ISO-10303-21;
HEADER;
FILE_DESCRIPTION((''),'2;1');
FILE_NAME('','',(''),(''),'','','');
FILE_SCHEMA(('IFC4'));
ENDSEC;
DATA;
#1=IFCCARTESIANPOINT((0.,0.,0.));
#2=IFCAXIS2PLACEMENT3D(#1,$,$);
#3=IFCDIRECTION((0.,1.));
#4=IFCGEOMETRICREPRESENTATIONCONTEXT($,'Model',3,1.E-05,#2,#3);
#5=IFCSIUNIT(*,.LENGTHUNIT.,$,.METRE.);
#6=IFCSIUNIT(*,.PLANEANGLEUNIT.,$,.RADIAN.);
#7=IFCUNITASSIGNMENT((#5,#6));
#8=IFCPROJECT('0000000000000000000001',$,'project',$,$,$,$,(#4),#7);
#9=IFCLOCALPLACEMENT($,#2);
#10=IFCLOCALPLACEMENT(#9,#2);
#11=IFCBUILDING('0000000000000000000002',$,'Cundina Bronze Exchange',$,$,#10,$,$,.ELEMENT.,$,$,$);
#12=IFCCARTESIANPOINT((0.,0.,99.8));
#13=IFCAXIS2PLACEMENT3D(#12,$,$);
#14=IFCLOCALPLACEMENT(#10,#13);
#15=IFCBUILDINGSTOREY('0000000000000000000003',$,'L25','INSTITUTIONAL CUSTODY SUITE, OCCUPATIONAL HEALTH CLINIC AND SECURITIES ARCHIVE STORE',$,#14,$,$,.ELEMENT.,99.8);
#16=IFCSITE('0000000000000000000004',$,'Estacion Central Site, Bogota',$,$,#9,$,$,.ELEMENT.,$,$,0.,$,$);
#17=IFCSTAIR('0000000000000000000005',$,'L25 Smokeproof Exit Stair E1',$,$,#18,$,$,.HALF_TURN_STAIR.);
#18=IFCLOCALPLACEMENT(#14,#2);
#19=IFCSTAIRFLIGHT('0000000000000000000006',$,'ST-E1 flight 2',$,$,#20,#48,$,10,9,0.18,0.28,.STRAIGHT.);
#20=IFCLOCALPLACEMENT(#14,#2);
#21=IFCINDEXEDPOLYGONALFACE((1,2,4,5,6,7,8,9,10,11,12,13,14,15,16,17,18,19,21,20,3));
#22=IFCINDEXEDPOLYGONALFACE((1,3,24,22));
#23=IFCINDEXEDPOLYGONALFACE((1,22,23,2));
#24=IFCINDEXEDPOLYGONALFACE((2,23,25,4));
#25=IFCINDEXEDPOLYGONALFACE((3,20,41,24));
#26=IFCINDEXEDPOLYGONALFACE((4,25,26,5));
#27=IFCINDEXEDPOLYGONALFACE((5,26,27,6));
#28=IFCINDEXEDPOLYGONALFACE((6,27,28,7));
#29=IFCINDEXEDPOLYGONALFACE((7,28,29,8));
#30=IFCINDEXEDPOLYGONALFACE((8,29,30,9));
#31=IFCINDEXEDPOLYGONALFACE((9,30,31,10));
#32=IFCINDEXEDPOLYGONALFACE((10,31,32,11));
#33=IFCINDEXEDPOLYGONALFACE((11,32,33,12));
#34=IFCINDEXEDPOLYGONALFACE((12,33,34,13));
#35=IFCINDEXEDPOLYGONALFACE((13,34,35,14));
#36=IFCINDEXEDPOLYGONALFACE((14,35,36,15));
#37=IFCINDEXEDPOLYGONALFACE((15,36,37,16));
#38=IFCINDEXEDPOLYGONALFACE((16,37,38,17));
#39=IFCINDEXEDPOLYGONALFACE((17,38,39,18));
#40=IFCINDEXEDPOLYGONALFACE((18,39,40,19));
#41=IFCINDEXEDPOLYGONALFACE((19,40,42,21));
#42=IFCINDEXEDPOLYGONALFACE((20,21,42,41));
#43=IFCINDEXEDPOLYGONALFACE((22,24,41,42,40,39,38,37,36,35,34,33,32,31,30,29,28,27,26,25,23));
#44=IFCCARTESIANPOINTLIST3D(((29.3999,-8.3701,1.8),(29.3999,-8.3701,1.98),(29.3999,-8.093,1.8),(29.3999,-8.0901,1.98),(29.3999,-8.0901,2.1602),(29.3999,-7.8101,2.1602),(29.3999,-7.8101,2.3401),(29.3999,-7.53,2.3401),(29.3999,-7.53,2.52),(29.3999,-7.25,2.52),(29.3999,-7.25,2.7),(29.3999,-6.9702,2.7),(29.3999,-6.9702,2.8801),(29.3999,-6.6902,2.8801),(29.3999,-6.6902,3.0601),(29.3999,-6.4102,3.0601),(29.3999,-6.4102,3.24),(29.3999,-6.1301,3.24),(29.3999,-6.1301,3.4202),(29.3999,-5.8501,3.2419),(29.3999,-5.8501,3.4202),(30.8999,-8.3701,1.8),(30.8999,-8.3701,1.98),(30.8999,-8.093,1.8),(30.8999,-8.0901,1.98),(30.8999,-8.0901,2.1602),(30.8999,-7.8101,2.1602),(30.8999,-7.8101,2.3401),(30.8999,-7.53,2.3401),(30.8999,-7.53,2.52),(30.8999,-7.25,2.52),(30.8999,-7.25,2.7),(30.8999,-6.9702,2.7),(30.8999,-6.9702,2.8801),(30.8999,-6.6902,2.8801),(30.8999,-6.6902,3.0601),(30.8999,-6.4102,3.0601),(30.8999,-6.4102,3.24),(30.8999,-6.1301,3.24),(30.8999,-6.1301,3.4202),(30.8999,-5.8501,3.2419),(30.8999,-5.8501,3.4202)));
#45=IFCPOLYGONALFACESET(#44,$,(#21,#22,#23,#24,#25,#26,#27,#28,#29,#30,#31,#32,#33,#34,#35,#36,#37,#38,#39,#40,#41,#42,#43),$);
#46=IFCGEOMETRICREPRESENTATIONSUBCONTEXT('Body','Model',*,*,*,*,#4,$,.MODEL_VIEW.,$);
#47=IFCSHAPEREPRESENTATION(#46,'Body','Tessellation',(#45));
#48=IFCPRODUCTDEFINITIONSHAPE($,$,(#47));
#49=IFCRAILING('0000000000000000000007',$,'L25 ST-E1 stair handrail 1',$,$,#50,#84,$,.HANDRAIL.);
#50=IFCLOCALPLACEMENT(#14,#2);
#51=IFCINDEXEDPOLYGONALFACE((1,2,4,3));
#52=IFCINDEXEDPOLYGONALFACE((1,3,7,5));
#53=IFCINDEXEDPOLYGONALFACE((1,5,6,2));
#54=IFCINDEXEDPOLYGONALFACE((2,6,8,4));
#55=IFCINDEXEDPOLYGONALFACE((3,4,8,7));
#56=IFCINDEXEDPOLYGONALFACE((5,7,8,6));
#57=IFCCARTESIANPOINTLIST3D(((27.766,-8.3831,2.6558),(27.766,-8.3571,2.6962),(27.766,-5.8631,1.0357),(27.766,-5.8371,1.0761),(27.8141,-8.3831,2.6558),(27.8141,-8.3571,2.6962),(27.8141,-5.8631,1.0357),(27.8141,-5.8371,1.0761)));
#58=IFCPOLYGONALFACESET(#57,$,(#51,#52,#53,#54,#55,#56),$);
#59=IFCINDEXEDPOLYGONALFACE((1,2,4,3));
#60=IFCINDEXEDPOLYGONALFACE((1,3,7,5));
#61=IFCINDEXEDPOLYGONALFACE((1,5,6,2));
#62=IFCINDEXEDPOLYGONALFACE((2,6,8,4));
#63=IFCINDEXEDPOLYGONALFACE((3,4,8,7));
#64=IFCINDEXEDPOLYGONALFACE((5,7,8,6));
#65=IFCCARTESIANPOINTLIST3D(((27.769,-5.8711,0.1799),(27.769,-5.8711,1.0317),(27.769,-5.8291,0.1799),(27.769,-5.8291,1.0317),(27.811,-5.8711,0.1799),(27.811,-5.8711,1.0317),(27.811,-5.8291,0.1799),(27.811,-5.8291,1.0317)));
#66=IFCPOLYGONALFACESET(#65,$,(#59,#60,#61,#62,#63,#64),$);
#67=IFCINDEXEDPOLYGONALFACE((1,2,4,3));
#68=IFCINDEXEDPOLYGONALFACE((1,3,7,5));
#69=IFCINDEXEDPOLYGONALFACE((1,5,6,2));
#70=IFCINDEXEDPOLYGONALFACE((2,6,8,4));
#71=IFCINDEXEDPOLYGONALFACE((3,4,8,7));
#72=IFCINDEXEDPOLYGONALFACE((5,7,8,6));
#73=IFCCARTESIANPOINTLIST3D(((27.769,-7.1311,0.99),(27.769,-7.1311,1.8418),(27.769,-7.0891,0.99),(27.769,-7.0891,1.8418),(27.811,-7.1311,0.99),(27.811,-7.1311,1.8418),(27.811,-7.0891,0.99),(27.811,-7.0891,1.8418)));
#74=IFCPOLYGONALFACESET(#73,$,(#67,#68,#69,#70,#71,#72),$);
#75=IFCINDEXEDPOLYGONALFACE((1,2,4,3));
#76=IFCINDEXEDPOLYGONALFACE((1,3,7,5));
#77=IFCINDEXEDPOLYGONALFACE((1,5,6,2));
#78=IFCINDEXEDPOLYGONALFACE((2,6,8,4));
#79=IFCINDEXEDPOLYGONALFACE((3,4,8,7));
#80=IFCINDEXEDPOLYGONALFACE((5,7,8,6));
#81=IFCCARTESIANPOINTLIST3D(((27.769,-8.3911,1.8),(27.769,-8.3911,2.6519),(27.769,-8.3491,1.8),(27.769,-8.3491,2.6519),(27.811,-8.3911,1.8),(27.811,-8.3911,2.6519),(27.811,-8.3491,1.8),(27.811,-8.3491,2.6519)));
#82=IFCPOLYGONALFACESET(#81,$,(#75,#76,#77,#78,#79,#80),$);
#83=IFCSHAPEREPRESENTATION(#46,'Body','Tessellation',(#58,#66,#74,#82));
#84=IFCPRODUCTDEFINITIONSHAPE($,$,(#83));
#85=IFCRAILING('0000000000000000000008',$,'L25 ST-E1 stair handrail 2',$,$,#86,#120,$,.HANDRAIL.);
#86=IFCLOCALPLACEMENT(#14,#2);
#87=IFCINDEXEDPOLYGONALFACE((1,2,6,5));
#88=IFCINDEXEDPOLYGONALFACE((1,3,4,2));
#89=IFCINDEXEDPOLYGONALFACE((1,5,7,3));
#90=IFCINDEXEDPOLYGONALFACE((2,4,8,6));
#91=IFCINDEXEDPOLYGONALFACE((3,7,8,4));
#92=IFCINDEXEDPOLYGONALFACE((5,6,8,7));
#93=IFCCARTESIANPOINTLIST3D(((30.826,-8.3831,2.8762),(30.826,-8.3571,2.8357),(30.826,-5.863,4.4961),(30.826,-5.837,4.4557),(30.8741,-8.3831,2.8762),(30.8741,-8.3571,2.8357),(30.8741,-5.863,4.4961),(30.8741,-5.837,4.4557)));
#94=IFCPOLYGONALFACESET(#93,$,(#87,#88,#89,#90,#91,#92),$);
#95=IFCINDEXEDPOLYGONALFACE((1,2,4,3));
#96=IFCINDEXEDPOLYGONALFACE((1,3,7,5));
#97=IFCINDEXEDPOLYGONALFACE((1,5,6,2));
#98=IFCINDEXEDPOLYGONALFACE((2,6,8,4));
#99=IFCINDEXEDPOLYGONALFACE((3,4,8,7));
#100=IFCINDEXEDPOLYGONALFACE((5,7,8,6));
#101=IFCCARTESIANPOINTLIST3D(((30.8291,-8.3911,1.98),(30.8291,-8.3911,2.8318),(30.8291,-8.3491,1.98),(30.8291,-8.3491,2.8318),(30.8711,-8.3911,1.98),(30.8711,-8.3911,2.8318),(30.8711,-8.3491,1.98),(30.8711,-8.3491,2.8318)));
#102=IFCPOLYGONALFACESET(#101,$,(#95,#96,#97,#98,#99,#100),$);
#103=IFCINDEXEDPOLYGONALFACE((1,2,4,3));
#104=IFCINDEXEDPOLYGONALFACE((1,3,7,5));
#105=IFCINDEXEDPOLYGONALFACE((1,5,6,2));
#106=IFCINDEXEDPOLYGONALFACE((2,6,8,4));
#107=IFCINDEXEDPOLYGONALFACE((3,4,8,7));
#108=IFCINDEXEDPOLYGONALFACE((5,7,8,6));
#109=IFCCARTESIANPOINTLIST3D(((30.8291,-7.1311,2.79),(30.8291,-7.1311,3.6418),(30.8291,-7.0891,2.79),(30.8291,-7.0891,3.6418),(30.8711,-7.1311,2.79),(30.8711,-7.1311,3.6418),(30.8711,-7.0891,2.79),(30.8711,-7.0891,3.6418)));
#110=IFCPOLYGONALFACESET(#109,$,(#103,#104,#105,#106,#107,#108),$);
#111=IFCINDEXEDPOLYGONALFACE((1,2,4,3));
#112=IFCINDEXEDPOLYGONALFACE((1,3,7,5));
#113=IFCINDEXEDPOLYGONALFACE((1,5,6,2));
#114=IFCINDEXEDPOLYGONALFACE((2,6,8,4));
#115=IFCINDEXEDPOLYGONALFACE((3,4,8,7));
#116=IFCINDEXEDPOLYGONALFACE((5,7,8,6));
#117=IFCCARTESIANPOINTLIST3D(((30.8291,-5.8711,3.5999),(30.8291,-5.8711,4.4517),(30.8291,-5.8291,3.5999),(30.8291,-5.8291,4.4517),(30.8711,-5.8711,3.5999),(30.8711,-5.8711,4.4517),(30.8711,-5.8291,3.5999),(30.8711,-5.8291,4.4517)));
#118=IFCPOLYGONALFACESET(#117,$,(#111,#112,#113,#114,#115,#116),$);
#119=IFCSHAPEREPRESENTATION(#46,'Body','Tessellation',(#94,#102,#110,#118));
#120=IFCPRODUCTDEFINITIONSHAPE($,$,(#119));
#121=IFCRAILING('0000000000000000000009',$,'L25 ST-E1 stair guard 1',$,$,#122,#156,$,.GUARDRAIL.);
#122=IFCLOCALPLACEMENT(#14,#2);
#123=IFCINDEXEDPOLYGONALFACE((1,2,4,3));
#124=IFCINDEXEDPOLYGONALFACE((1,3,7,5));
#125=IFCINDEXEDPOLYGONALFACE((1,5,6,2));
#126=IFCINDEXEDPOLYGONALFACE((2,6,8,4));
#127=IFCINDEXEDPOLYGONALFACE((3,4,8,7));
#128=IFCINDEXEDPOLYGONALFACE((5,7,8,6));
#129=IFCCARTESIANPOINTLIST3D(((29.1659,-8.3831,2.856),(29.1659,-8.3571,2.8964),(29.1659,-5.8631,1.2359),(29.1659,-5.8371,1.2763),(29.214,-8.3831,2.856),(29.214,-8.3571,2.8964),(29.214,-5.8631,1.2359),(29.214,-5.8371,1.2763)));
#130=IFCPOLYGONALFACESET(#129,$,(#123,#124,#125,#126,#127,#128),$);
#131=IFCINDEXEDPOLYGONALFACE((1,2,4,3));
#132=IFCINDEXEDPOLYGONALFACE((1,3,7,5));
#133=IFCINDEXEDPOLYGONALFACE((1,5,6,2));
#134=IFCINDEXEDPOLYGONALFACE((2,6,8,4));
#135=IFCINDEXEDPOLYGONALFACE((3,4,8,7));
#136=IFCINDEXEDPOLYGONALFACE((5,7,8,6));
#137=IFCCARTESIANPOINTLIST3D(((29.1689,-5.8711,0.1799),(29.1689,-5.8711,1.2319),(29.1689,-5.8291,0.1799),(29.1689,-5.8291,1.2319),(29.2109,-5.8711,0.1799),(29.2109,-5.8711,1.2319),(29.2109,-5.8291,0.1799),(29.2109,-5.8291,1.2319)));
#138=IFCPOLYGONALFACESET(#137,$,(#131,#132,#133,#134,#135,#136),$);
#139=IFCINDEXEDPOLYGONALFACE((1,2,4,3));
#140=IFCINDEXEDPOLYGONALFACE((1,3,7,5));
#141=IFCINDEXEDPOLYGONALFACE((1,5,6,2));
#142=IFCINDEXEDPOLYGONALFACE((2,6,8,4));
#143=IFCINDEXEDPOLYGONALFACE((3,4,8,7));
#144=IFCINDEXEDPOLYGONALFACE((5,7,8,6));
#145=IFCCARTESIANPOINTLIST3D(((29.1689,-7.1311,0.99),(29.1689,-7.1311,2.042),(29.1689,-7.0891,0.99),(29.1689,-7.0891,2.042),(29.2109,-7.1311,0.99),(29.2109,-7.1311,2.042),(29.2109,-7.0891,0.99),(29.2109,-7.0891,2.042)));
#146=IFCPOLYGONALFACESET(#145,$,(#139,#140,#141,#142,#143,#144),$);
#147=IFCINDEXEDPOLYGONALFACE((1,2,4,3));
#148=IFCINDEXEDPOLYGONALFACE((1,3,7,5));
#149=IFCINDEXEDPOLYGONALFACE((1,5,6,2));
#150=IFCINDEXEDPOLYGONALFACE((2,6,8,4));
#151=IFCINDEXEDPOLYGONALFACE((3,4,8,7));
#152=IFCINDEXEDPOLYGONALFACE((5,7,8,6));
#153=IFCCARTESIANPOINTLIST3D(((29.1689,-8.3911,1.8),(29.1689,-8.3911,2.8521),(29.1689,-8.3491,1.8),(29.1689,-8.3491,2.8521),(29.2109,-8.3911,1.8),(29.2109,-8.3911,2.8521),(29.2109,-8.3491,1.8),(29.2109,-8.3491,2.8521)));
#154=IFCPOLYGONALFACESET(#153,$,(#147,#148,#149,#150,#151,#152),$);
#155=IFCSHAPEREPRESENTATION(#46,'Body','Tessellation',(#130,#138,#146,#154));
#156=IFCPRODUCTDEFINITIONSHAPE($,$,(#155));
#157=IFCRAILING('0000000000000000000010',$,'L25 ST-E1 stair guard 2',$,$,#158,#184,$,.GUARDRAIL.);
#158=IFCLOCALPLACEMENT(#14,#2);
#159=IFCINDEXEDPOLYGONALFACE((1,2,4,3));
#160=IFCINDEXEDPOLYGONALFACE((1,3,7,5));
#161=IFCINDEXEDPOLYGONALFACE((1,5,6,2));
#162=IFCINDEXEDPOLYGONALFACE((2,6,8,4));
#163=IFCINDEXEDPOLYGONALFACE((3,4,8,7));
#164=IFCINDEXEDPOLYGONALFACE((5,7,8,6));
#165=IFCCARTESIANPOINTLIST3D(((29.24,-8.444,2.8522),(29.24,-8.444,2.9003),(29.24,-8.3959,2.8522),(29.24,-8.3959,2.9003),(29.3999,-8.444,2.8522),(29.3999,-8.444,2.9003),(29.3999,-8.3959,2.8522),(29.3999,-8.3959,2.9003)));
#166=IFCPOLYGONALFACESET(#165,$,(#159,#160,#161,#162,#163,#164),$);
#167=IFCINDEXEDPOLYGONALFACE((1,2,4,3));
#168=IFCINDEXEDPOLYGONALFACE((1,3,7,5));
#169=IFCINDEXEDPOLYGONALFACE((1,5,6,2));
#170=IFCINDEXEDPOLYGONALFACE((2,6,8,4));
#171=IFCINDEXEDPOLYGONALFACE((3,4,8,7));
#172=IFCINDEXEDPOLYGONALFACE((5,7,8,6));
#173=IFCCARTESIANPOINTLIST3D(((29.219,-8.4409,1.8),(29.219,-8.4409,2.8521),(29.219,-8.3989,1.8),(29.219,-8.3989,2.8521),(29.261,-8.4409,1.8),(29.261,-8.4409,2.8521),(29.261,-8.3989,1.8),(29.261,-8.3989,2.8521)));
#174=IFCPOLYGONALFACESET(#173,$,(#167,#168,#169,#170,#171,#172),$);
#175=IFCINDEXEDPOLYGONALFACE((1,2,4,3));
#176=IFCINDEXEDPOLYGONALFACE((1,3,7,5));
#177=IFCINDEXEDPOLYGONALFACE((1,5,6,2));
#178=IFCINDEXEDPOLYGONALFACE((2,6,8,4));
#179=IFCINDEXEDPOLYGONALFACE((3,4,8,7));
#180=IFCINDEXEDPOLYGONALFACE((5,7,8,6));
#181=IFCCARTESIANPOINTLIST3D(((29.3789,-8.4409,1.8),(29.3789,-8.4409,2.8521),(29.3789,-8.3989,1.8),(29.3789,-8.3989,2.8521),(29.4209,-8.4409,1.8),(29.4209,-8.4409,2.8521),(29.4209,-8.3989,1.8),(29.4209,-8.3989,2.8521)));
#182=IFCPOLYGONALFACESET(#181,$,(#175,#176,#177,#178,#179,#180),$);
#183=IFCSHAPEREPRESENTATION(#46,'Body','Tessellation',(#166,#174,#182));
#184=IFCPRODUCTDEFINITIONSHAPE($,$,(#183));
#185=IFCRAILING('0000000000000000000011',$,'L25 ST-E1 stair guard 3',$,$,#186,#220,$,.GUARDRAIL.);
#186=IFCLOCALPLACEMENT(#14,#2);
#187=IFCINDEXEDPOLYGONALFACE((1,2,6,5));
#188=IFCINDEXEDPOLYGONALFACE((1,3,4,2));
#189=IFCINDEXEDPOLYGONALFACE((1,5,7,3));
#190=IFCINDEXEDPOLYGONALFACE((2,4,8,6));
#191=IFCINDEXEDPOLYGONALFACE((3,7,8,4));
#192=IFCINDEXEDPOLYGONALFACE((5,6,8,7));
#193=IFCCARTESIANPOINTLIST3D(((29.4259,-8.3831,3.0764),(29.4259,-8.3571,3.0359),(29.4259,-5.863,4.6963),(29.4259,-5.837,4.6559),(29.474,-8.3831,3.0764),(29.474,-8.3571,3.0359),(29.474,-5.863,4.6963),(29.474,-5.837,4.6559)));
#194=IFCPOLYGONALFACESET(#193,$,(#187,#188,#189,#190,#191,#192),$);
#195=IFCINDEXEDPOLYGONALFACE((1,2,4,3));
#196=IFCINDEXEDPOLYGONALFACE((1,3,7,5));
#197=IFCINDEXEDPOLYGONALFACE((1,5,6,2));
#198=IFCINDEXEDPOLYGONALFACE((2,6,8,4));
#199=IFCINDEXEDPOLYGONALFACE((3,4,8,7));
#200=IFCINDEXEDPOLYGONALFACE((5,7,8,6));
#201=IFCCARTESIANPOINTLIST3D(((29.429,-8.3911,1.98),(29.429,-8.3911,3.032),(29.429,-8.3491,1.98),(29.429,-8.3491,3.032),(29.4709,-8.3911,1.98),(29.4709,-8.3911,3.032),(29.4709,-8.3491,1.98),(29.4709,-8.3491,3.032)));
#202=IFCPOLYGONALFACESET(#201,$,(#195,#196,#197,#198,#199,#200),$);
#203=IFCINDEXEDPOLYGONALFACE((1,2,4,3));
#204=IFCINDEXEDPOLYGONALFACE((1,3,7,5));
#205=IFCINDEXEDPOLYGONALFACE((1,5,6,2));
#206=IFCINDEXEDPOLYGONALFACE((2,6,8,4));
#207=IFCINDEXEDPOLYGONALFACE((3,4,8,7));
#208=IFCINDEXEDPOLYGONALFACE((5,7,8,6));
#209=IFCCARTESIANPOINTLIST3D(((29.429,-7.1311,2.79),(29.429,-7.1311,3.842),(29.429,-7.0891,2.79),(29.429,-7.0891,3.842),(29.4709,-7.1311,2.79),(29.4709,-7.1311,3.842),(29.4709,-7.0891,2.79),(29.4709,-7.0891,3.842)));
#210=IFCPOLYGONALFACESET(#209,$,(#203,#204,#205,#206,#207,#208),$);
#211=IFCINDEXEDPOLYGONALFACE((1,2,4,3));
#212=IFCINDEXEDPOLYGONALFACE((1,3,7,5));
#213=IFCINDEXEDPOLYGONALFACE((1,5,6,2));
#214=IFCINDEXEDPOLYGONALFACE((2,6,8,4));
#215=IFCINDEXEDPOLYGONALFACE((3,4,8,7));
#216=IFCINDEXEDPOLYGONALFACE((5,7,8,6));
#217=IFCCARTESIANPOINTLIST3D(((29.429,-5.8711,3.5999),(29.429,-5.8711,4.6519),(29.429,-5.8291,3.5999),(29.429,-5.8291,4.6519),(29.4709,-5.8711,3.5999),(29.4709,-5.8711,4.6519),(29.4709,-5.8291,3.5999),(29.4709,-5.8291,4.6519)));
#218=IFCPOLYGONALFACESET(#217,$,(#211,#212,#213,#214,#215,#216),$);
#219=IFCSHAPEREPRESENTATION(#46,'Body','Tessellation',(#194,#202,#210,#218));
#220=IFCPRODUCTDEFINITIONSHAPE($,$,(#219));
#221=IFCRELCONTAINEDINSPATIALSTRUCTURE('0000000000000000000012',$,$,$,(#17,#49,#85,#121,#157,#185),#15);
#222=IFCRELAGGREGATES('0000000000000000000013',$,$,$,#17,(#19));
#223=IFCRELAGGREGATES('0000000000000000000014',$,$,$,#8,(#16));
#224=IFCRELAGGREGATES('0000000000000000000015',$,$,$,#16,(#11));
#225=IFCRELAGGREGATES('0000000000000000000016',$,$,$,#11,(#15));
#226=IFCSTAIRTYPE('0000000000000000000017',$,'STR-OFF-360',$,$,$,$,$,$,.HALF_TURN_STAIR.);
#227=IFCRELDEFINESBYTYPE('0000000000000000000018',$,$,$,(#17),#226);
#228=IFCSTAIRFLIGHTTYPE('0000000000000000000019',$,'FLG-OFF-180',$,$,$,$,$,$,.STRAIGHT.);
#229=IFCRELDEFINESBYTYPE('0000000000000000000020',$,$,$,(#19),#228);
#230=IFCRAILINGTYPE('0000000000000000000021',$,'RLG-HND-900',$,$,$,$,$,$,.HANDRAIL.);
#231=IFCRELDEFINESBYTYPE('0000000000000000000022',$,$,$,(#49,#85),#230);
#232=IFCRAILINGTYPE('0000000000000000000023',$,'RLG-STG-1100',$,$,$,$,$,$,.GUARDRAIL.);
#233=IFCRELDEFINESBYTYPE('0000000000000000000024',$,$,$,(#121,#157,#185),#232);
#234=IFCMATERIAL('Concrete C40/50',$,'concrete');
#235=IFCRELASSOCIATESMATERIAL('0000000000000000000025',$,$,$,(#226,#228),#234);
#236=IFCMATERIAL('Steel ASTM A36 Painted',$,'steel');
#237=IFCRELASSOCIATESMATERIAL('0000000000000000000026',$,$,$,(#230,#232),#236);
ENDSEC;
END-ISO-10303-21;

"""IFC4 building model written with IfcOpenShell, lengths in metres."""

from ifc_helpers import new_model, si_unit, direction, frame, origin, origin_2d, place, context, subcontext, project, spatial, polyline, rectangle, outline, extrude, material, type_object, element, aggregate, save


model = new_model("IFC4")

# Units and contexts
model_context = context("Model", 3, precision=1e-05, world=origin(), true_north=direction((0.0, 1.0)))
body_context = subcontext(model_context, "Body", "Model", "MODEL_VIEW")
ifc_project = project(units=[si_unit("LENGTHUNIT", "METRE"), si_unit("PLANEANGLEUNIT", "RADIAN")], contexts=[model_context])

# Site, building, storey
site_placement = place(None, origin())
site = spatial("IfcSite", under=ifc_project, at=site_placement, Name="Estacion Central Site, Bogota", CompositionType="ELEMENT", RefElevation=0.0)
building_placement = place(site_placement, origin())
building = spatial("IfcBuilding", under=site, at=building_placement, Name="Cundina Bronze Exchange", CompositionType="ELEMENT")
storey_placement = place(building_placement, frame((0.0, 0.0, 99.8)))
storey = spatial("IfcBuildingStorey", under=building, at=storey_placement, Name="L25", Description="INSTITUTIONAL CUSTODY SUITE, OCCUPATIONAL HEALTH CLINIC AND SECURITIES ARCHIVE STORE", CompositionType="ELEMENT", Elevation=99.8)

# Stair, stair flight
ifc_material_1 = material(Name="Concrete C40/50", Category="concrete")
stair_type = type_object("IfcStairType", Name="STR-OFF-360", PredefinedType="HALF_TURN_STAIR", material=ifc_material_1)
stair_placement = place(storey_placement, origin())
stair = element("IfcStair", 1, at=stair_placement, inside=storey, type_object=stair_type, Name="L25 Smokeproof Exit Stair E1", PredefinedType="HALF_TURN_STAIR")
stair_flight_type = type_object("IfcStairFlightType", Name="FLG-OFF-180", PredefinedType="STRAIGHT", material=ifc_material_1)
stair_flight_1_placement = place(storey_placement, frame((30.1499, -8.3701, 1.8), z_axis=(0.0, 0.0, 1.0), x_axis=(0.0, 1.0, 0.0)))
stair_flight_1 = element("IfcStairFlight", 2, at=stair_flight_1_placement, type_object=stair_flight_type, Name="ST-E1 flight 2", NumberOfRisers=10, NumberOfTreads=9, PredefinedType="STRAIGHT", RiserHeight=0.18, TreadLength=0.28, context=body_context, shape_type="SweptSolid", body=[
    extrude(outline(polyline([(0.0, 0.0), (0.0, 0.1799), (0.28, 0.1799), (0.28, 0.3601), (0.5601, 0.3601), (0.5601, 0.54), (0.8401, 0.54), (0.8401, 0.72), (1.1201, 0.72), (1.1201, 0.8999), (1.3999, 0.8999), (1.3999, 1.0801), (1.6799, 1.0801), (1.6799, 1.26), (1.96, 1.26), (1.96, 1.4399), (2.24, 1.4399), (2.24, 1.6201), (2.52, 1.6201), (2.52, 1.8), (2.52, 1.4419), (0.2771, 0.0), (0.0, 0.0)])), frame((0.0, 0.75, 0.0), z_axis=(0.0, -1.0, 0.0), x_axis=(1.0, 0.0, 0.0)), (0.0, 0.0, 1.0), 1.5),
])
aggregate(stair, [stair_flight_1])

# Railings
ifc_material_2 = material(Name="Steel ASTM A36 Painted", Category="steel")
railing_type_1 = type_object("IfcRailingType", Name="RLG-HND-900", PredefinedType="HANDRAIL", material=ifc_material_2)
railing_1_placement = place(storey_placement, frame((27.79, -5.8501, 0.1799)))
element("IfcRailing", 3, at=railing_1_placement, inside=storey, type_object=railing_type_1, Name="L25 ST-E1 stair handrail 1", PredefinedType="HANDRAIL", context=body_context, shape_type="SweptSolid", body=[
    extrude(rectangle(XDim=0.0481, YDim=0.0481, at=origin_2d()), frame((0.0, 0.0, 0.876), z_axis=(0.0, -0.841163, 0.540782), x_axis=(1.0, 0.0, 0.0)), (0.0, 0.0, 1.0), 2.9958),
    extrude(rectangle(XDim=0.042, YDim=0.042, at=origin_2d()), origin(), (0.0, 0.0, 1.0), 0.8518),
    extrude(rectangle(XDim=0.042, YDim=0.042, at=origin_2d()), frame((0.0, -1.26, 0.8101)), (0.0, 0.0, 1.0), 0.8518),
    extrude(rectangle(XDim=0.042, YDim=0.042, at=origin_2d()), frame((0.0, -2.52, 1.6201)), (0.0, 0.0, 1.0), 0.8518),
])
railing_2_placement = place(storey_placement, frame((30.8501, -8.3701, 1.98)))
element("IfcRailing", 4, at=railing_2_placement, inside=storey, type_object=railing_type_1, Name="L25 ST-E1 stair handrail 2", PredefinedType="HANDRAIL", context=body_context, shape_type="SweptSolid", body=[
    extrude(rectangle(XDim=0.0481, YDim=0.0481, at=origin_2d()), frame((0.0, 0.0, 0.876), z_axis=(0.0, 0.8412, 0.540725), x_axis=(-1.0, 0.0, 0.0)), (0.0, 0.0, 1.0), 2.9958),
    extrude(rectangle(XDim=0.042, YDim=0.042, at=origin_2d()), origin(), (0.0, 0.0, 1.0), 0.8518),
    extrude(rectangle(XDim=0.042, YDim=0.042, at=origin_2d()), frame((0.0, 1.26, 0.8101)), (0.0, 0.0, 1.0), 0.8518),
    extrude(rectangle(XDim=0.042, YDim=0.042, at=origin_2d()), frame((0.0, 2.52, 1.6199)), (0.0, 0.0, 1.0), 0.8518),
])
railing_type_2 = type_object("IfcRailingType", Name="RLG-STG-1100", PredefinedType="GUARDRAIL", material=ifc_material_2)
railing_3_placement = place(storey_placement, frame((29.1899, -5.8501, 0.1799)))
element("IfcRailing", 5, at=railing_3_placement, inside=storey, type_object=railing_type_2, Name="L25 ST-E1 stair guard 1", PredefinedType="GUARDRAIL", context=body_context, shape_type="SweptSolid", body=[
    extrude(rectangle(XDim=0.0481, YDim=0.0481, at=origin_2d()), frame((0.0, 0.0, 1.0762), z_axis=(0.0, -0.841163, 0.540782), x_axis=(1.0, 0.0, 0.0)), (0.0, 0.0, 1.0), 2.9958),
    extrude(rectangle(XDim=0.042, YDim=0.042, at=origin_2d()), origin(), (0.0, 0.0, 1.0), 1.052),
    extrude(rectangle(XDim=0.042, YDim=0.042, at=origin_2d()), frame((0.0, -1.26, 0.8101)), (0.0, 0.0, 1.0), 1.052),
    extrude(rectangle(XDim=0.042, YDim=0.042, at=origin_2d()), frame((0.0, -2.52, 1.6201)), (0.0, 0.0, 1.0), 1.052),
])
railing_4_placement = place(storey_placement, frame((29.24, -8.4199, 1.8)))
element("IfcRailing", 6, at=railing_4_placement, inside=storey, type_object=railing_type_2, Name="L25 ST-E1 stair guard 2", PredefinedType="GUARDRAIL", context=body_context, shape_type="SweptSolid", body=[
    extrude(rectangle(XDim=0.0481, YDim=0.0481, at=origin_2d()), frame((0.0, 0.0, 1.0762), z_axis=(1.0, 0.0, 0.0), x_axis=(0.0, 1.0, 0.0)), (0.0, 0.0, 1.0), 0.1599),
    extrude(rectangle(XDim=0.042, YDim=0.042, at=origin_2d()), origin(), (0.0, 0.0, 1.0), 1.052),
    extrude(rectangle(XDim=0.042, YDim=0.042, at=origin_2d()), frame((0.1599, 0.0, 0.0)), (0.0, 0.0, 1.0), 1.052),
])
railing_5_placement = place(storey_placement, frame((29.45, -8.3701, 1.98)))
element("IfcRailing", 7, at=railing_5_placement, inside=storey, type_object=railing_type_2, Name="L25 ST-E1 stair guard 3", PredefinedType="GUARDRAIL", context=body_context, shape_type="SweptSolid", body=[
    extrude(rectangle(XDim=0.0481, YDim=0.0481, at=origin_2d()), frame((0.0, 0.0, 1.0762), z_axis=(0.0, 0.8412, 0.540725), x_axis=(-1.0, 0.0, 0.0)), (0.0, 0.0, 1.0), 2.9958),
    extrude(rectangle(XDim=0.042, YDim=0.042, at=origin_2d()), origin(), (0.0, 0.0, 1.0), 1.052),
    extrude(rectangle(XDim=0.042, YDim=0.042, at=origin_2d()), frame((0.0, 1.26, 0.8101)), (0.0, 0.0, 1.0), 1.052),
    extrude(rectangle(XDim=0.042, YDim=0.042, at=origin_2d()), frame((0.0, 2.52, 1.6199)), (0.0, 0.0, 1.0), 1.052),
])

save(model, "model.ifc")
